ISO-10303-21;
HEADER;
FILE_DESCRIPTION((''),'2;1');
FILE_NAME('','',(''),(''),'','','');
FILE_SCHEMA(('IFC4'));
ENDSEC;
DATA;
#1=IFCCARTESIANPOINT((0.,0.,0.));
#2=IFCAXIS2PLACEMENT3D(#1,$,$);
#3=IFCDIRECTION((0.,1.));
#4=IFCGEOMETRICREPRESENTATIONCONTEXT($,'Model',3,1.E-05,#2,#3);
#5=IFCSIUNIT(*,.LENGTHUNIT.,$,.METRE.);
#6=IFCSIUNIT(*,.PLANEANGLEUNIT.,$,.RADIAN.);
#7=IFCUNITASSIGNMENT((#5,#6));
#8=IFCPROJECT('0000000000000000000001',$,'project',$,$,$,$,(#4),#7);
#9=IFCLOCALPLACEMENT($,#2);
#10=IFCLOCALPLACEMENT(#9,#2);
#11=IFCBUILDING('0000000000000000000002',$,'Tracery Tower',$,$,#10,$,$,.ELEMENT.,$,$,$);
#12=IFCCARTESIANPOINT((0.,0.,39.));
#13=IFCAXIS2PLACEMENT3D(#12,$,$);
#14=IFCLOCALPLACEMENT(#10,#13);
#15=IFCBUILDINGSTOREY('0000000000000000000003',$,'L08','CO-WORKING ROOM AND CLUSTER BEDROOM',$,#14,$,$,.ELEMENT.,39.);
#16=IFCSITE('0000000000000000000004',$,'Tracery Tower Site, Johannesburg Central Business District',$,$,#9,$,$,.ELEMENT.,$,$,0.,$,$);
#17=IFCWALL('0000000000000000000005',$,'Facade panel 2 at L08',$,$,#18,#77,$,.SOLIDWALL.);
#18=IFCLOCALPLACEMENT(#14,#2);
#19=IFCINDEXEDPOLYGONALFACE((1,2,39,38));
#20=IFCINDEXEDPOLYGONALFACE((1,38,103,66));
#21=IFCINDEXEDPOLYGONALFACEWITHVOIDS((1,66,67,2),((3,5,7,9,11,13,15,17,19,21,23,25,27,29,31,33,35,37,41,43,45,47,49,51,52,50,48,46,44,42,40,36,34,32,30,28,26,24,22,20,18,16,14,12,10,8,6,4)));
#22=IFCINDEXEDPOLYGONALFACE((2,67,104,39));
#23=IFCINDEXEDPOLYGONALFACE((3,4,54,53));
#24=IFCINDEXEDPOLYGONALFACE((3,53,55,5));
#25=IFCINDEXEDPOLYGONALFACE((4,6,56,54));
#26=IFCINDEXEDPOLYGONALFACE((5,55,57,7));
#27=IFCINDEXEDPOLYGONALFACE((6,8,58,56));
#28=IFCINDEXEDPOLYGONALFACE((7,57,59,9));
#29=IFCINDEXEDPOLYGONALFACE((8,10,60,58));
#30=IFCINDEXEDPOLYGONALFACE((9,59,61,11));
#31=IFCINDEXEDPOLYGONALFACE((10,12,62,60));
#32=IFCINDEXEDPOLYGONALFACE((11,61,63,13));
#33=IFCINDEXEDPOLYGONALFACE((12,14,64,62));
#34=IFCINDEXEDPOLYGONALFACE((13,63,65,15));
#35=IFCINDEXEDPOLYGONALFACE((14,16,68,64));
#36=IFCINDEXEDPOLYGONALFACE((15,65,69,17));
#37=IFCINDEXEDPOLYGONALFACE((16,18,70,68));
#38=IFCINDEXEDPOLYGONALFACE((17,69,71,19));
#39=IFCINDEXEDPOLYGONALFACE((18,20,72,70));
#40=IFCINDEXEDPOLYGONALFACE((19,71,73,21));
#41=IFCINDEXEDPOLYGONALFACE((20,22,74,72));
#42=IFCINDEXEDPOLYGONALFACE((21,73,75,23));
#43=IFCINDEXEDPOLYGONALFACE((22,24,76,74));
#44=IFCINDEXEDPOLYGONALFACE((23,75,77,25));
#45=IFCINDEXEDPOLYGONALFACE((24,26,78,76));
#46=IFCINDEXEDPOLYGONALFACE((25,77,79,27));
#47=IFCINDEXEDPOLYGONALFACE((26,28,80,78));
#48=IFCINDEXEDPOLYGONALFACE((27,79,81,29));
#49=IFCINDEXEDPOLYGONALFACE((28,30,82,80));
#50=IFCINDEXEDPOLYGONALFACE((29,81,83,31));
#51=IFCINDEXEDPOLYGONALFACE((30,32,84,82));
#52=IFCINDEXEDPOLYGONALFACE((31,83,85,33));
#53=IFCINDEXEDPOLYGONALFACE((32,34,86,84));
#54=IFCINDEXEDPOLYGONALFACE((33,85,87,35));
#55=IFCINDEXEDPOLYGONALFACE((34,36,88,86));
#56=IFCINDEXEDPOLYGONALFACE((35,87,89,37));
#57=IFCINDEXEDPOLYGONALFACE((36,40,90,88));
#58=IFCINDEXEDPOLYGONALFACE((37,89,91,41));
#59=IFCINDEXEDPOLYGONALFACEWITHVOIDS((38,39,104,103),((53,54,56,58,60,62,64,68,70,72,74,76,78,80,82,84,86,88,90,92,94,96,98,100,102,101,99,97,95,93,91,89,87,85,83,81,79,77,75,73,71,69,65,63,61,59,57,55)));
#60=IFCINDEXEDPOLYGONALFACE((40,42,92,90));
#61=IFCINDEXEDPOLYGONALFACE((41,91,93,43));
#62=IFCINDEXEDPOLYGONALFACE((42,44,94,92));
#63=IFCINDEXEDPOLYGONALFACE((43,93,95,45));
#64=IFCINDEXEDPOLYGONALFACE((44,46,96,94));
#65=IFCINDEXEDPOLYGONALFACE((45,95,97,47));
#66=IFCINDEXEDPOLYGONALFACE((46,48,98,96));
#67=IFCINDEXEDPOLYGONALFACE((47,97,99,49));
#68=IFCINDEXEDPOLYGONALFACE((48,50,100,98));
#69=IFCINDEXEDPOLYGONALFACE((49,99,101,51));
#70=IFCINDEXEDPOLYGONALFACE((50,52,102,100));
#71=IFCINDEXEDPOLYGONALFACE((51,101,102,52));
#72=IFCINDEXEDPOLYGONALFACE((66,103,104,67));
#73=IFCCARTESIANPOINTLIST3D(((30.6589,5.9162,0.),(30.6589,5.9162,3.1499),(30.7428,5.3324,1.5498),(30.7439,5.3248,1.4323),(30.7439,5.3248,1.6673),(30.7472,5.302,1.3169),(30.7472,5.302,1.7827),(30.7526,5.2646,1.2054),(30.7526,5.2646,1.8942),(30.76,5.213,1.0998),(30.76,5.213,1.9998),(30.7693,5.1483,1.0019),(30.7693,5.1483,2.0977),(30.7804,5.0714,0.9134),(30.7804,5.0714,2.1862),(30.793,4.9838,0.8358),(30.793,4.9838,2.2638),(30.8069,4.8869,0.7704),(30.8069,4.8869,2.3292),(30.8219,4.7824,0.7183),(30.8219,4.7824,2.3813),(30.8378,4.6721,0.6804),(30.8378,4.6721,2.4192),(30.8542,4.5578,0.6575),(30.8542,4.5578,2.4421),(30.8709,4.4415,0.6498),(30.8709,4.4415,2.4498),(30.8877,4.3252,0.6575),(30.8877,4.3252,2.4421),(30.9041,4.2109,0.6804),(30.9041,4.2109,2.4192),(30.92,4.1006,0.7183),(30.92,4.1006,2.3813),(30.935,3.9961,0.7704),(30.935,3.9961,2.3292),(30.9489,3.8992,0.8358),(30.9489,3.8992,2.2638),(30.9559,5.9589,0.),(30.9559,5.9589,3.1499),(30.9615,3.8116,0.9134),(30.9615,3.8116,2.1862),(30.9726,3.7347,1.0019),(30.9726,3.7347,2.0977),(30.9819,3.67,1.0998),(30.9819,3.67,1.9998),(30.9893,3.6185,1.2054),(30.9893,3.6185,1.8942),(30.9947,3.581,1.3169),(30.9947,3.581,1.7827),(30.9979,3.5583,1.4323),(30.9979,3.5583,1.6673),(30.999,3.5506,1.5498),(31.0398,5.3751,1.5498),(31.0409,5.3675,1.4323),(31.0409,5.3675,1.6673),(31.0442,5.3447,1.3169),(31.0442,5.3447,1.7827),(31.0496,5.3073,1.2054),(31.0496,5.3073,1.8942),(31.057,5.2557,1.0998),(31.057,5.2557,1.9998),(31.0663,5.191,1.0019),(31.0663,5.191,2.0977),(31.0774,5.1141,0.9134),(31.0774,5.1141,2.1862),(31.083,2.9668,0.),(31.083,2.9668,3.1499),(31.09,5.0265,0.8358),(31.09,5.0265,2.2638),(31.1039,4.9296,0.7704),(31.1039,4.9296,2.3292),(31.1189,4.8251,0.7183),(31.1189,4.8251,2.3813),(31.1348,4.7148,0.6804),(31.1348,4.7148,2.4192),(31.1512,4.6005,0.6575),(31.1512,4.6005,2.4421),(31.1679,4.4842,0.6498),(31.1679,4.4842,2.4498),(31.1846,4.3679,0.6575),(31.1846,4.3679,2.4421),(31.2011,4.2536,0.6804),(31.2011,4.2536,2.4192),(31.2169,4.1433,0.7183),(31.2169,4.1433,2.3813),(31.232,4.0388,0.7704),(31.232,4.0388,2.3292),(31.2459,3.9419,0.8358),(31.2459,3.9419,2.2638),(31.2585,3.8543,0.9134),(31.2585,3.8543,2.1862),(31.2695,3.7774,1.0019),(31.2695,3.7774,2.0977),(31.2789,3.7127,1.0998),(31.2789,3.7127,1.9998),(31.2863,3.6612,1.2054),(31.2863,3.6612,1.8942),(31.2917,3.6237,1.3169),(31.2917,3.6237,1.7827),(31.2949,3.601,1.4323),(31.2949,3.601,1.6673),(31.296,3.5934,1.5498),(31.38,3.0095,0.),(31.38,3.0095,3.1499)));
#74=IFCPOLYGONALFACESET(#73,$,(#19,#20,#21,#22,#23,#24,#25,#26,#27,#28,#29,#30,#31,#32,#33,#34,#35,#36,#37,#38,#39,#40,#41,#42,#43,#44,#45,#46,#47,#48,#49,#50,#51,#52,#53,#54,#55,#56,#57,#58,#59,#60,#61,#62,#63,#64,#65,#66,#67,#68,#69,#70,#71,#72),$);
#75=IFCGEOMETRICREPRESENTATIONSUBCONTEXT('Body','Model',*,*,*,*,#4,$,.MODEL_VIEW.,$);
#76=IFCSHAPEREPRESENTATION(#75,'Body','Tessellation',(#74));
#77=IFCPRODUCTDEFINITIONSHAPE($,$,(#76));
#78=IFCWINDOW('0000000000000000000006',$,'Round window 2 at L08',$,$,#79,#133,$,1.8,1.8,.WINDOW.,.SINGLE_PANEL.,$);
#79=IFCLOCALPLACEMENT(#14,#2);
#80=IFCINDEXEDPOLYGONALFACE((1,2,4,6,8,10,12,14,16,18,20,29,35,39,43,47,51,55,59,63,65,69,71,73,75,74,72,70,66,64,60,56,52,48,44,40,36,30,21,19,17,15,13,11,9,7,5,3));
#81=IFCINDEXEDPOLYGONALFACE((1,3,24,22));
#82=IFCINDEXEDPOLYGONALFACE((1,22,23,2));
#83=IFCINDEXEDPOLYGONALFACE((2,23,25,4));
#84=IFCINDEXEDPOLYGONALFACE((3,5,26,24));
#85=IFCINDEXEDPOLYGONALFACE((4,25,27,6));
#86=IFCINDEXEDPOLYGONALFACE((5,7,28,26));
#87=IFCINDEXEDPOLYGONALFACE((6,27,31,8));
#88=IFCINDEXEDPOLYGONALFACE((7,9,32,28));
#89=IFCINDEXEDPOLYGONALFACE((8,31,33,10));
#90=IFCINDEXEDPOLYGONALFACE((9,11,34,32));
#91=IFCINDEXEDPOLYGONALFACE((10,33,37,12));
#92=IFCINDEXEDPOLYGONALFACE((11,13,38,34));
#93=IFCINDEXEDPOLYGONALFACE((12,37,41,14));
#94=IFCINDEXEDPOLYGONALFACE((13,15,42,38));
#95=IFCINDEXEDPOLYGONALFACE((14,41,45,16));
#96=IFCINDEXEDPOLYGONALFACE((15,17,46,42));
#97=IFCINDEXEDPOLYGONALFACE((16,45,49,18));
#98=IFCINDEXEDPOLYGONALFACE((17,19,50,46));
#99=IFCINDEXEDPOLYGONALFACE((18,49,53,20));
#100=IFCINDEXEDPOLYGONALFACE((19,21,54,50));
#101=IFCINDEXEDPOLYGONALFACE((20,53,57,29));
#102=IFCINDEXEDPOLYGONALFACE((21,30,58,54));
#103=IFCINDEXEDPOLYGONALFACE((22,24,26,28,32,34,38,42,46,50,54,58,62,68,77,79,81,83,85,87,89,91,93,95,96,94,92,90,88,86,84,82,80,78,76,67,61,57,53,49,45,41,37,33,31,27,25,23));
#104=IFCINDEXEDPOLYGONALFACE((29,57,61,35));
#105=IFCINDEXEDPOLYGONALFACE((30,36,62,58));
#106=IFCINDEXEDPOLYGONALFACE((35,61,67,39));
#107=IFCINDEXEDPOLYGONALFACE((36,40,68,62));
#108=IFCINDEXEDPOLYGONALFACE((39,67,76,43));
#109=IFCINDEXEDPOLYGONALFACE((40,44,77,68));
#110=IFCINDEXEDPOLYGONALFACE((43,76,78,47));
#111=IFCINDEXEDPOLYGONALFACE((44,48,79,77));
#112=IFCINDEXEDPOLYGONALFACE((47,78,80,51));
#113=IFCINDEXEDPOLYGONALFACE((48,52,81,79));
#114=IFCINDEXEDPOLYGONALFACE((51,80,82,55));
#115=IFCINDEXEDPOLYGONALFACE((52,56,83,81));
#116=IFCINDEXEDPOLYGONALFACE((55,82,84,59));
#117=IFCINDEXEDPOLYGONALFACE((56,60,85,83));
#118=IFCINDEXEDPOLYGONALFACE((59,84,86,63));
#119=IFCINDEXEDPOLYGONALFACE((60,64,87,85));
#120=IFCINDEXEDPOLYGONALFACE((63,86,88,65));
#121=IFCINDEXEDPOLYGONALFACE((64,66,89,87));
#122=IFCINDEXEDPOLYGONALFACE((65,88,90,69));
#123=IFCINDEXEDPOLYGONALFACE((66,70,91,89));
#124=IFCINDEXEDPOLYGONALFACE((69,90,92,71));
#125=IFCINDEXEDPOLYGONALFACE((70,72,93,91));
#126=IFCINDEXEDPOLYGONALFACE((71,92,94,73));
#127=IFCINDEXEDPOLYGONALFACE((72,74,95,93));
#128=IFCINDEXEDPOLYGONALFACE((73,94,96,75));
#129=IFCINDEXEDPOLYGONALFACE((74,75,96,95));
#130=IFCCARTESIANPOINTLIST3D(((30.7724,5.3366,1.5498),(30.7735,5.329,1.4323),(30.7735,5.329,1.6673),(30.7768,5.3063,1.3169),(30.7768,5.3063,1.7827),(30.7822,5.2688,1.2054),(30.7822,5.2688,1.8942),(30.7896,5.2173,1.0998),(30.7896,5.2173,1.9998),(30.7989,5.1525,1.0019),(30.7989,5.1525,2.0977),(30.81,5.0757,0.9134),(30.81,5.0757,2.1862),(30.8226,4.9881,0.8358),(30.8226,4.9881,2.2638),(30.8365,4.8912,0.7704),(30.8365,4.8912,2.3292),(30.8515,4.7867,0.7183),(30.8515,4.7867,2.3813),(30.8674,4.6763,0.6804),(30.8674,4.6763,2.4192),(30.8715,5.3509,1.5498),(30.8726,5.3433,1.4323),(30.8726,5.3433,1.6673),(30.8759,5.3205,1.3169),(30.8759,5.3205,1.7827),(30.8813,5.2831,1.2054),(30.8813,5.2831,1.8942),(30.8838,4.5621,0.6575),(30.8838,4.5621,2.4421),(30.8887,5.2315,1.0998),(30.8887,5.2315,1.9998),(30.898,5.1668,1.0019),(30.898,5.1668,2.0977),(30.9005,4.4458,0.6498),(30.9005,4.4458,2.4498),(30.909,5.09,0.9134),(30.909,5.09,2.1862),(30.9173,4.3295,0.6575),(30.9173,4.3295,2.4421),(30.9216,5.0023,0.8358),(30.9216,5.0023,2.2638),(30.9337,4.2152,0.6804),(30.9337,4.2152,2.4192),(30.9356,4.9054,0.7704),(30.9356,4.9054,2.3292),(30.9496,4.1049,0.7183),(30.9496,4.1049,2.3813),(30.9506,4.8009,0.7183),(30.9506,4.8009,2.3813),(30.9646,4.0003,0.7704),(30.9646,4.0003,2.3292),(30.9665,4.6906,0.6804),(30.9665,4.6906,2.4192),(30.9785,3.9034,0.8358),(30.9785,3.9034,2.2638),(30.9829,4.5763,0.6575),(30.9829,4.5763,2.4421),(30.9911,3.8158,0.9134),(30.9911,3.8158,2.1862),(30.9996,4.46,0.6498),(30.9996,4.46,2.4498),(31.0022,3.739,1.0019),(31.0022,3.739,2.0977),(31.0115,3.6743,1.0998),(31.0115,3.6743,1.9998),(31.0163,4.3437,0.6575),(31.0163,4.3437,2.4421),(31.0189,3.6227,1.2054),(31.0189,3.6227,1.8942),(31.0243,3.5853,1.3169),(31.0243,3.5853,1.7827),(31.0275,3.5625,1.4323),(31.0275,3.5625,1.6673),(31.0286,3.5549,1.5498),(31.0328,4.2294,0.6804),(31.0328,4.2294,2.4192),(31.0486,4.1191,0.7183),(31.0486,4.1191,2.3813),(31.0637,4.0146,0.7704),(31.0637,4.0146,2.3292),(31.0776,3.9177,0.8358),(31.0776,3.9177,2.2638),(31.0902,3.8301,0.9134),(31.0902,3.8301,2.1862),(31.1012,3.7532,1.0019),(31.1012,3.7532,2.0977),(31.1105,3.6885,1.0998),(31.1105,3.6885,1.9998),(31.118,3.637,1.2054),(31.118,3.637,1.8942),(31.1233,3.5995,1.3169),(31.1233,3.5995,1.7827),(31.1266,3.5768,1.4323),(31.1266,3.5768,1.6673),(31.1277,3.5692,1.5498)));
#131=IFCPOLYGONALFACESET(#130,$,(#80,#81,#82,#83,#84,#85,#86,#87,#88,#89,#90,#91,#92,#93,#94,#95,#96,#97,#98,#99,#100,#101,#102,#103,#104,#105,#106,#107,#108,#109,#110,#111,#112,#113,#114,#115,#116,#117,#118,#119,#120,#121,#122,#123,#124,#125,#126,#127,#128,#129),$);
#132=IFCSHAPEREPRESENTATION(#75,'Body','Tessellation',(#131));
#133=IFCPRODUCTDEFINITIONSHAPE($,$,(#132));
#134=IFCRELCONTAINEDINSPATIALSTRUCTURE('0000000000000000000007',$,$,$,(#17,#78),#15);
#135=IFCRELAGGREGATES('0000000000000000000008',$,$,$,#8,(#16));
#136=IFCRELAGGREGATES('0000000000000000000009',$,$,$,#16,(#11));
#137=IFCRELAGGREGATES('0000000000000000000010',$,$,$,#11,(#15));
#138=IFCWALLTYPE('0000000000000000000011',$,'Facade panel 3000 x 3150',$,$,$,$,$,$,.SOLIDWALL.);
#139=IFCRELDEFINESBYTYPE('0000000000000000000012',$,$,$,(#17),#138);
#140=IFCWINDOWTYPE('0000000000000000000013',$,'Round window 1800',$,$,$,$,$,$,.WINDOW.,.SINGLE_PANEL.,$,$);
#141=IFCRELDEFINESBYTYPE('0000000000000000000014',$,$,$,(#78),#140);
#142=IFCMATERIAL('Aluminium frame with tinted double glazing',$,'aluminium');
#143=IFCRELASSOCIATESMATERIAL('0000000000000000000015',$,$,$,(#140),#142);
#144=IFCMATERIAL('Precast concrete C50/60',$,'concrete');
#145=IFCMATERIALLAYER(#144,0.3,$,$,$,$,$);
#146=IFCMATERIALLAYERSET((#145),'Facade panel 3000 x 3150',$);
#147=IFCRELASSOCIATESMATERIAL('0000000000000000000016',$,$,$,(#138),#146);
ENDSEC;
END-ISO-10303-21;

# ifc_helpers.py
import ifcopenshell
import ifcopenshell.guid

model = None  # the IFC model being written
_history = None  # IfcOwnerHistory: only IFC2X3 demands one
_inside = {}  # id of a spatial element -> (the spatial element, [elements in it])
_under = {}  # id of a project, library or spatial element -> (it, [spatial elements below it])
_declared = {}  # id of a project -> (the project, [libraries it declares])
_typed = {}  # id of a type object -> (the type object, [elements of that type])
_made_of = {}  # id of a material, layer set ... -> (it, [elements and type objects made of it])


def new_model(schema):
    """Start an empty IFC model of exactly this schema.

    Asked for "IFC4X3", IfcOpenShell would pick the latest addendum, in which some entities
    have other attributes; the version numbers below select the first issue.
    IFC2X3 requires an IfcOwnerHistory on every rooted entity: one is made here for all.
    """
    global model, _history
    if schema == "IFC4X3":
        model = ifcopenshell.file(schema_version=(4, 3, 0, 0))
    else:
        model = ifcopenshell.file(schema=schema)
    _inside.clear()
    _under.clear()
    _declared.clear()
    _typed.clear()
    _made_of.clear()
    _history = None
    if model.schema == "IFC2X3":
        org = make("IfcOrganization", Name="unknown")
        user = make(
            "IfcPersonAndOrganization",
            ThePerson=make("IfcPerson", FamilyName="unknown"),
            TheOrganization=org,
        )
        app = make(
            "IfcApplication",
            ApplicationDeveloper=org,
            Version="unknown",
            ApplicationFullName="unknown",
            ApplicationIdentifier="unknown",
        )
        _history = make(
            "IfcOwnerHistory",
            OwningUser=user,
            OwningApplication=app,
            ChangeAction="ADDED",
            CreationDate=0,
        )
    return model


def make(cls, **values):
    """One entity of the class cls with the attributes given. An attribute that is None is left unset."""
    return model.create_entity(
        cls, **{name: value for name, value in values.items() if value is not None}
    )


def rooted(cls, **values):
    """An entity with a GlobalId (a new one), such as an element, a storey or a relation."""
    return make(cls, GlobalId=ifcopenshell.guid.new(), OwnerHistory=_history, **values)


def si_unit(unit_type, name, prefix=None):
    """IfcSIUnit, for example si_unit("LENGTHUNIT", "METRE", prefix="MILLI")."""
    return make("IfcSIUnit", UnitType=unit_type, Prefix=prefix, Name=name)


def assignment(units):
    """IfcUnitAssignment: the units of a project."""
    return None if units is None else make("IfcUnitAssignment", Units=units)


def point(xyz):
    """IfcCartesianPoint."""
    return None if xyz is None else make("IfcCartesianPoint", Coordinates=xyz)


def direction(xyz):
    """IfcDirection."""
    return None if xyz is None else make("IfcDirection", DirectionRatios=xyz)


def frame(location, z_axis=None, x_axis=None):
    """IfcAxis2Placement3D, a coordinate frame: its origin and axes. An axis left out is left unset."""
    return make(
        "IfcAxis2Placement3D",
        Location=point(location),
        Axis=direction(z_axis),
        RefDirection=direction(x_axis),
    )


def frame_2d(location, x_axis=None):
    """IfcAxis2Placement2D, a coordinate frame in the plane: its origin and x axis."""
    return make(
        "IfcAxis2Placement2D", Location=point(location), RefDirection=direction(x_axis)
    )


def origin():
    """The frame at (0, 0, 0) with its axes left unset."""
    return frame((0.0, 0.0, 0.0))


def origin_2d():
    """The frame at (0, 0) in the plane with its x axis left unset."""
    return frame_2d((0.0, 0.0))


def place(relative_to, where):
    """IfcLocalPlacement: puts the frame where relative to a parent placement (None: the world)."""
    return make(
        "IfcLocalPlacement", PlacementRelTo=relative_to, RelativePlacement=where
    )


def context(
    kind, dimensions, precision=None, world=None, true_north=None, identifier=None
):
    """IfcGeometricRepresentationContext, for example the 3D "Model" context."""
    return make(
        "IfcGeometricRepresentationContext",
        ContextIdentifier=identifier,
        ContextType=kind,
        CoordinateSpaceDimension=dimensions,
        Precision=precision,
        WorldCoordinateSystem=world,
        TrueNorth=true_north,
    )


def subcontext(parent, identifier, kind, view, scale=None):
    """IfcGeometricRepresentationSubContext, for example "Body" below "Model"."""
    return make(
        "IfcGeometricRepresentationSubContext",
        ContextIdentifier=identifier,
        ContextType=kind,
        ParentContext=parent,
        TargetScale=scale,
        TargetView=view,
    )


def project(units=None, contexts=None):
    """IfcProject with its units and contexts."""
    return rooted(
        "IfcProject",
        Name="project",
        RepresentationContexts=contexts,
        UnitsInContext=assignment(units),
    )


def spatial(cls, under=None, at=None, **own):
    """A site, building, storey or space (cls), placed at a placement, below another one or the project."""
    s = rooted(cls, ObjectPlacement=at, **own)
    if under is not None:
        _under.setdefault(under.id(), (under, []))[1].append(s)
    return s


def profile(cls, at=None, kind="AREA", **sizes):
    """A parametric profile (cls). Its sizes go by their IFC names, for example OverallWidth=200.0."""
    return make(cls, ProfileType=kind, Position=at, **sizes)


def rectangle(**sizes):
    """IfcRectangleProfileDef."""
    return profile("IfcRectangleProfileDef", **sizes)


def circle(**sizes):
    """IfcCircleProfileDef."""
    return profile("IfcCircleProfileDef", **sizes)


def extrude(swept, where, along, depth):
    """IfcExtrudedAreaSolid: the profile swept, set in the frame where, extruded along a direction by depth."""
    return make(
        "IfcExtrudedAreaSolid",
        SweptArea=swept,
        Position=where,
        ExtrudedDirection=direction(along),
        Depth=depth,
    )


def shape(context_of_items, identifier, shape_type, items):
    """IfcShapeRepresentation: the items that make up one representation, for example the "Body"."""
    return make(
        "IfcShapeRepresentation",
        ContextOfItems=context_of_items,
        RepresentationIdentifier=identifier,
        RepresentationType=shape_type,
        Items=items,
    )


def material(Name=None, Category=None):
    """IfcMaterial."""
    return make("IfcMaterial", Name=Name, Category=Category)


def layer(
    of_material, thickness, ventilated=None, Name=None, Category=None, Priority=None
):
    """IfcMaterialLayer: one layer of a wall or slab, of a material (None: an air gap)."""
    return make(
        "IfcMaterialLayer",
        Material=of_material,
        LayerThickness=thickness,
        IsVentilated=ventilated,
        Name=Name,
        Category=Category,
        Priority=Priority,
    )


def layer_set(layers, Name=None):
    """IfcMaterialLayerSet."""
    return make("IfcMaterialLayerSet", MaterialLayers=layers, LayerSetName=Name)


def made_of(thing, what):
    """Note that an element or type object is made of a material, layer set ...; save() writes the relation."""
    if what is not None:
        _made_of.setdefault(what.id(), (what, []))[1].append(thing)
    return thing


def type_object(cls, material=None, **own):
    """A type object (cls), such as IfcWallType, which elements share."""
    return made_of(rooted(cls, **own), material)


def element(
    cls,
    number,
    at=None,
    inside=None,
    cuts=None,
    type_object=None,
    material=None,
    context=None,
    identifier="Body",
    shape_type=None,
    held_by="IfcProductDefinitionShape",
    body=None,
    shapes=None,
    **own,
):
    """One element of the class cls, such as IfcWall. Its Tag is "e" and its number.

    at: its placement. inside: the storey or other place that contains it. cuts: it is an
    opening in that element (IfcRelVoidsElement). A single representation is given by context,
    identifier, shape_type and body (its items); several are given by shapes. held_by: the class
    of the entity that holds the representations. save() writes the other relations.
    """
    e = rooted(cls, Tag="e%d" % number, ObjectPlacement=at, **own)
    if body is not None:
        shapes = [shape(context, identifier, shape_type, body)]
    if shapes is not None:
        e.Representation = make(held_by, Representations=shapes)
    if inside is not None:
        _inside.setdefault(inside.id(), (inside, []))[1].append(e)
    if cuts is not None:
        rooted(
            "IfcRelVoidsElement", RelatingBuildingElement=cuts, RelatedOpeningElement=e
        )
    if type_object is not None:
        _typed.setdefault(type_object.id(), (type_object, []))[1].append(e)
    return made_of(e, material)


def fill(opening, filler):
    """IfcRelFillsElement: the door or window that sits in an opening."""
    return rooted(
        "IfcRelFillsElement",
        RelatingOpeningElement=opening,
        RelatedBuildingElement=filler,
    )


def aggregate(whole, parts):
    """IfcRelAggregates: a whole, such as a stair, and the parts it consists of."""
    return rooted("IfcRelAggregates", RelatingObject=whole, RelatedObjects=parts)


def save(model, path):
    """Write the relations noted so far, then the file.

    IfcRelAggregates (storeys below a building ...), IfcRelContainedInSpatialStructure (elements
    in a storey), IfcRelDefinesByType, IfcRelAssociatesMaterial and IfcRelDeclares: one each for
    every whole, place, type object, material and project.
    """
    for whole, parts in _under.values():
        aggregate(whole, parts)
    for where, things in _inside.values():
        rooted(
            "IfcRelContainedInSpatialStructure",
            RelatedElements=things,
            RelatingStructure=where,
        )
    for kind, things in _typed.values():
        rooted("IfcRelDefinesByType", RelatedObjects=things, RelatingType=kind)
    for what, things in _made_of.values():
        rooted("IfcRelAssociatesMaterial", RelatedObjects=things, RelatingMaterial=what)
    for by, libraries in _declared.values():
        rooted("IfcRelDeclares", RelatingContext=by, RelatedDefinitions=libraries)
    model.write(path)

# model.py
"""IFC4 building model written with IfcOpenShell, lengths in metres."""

from ifc_helpers import new_model, si_unit, direction, frame, frame_2d, origin, origin_2d, place, context, subcontext, project, spatial, rectangle, circle, extrude, material, layer, layer_set, type_object, element, fill, save


model = new_model("IFC4")

# Units and contexts
model_context = context("Model", 3, precision=1e-05, world=origin(), true_north=direction((0.0, 1.0)))
body_context = subcontext(model_context, "Body", "Model", "MODEL_VIEW")
ifc_project = project(units=[si_unit("LENGTHUNIT", "METRE"), si_unit("PLANEANGLEUNIT", "RADIAN")], contexts=[model_context])

# Site, building, storey
site_placement = place(None, origin())
site = spatial("IfcSite", under=ifc_project, at=site_placement, Name="Tracery Tower Site, Johannesburg Central Business District", CompositionType="ELEMENT", RefElevation=0.0)
building_placement = place(site_placement, origin())
building = spatial("IfcBuilding", under=site, at=building_placement, Name="Tracery Tower", CompositionType="ELEMENT")
storey_placement = place(building_placement, frame((0.0, 0.0, 39.0)))
storey = spatial("IfcBuildingStorey", under=building, at=storey_placement, Name="L08", Description="CO-WORKING ROOM AND CLUSTER BEDROOM", CompositionType="ELEMENT", Elevation=39.0)

# Wall, opening, window
ifc_material_1 = material(Name="Aluminium frame with tinted double glazing", Category="aluminium")
window_type = type_object("IfcWindowType", Name="Round window 1800", PartitioningType="SINGLE_PANEL", PredefinedType="WINDOW", material=ifc_material_1)
ifc_material_2 = material(Name="Precast concrete C50/60", Category="concrete")
ifc_layer_1 = layer(ifc_material_2, 0.3)
ifc_layer_set_1 = layer_set([ifc_layer_1], Name="Facade panel 3000 x 3150")
wall_type_1 = type_object("IfcWallType", Name="Facade panel 3000 x 3150", PredefinedType="SOLIDWALL", material=ifc_layer_set_1)
wall_1_placement = place(storey_placement, frame((31.2314, 2.9883, 0.0), z_axis=(0.0, 0.0, 1.0), x_axis=(-0.142316, 0.989821, 0.0)))
wall_1 = element("IfcWall", 1, at=wall_1_placement, inside=storey, type_object=wall_type_1, Name="Facade panel 2 at L08", PredefinedType="SOLIDWALL", context=body_context, shape_type="SweptSolid", body=[
    extrude(rectangle(XDim=2.9797, YDim=0.3, at=frame_2d((1.4897, 0.0))), origin(), (0.0, 0.0, 1.0), 3.1499),
])
opening_1_placement = place(wall_1_placement, frame((1.4897, 0.0, 1.5498)))
opening_1 = element("IfcOpeningElement", 2, at=opening_1_placement, cuts=wall_1, PredefinedType="OPENING", context=body_context, shape_type="SweptSolid", body=[
    extrude(circle(Radius=0.9, at=origin_2d()), frame((0.0, 0.1599, 0.0), z_axis=(0.0, -1.0, 0.0), x_axis=(1.0, 0.0, 0.0)), (0.0, 0.0, 1.0), 0.3201),
])
window_1_placement = place(opening_1_placement, origin())
window_1 = element("IfcWindow", 3, at=window_1_placement, inside=storey, type_object=window_type, Name="Round window 2 at L08", OverallHeight=1.8, OverallWidth=1.8, PartitioningType="SINGLE_PANEL", PredefinedType="WINDOW", context=body_context, shape_type="SweptSolid", body=[
    extrude(circle(Radius=0.9, at=origin_2d()), frame((0.0, 0.1201, 0.0), z_axis=(0.0, -1.0, 0.0), x_axis=(1.0, 0.0, 0.0)), (0.0, 0.0, 1.0), 0.1001),
])
fill(opening_1, window_1)

save(model, "model.ifc")
